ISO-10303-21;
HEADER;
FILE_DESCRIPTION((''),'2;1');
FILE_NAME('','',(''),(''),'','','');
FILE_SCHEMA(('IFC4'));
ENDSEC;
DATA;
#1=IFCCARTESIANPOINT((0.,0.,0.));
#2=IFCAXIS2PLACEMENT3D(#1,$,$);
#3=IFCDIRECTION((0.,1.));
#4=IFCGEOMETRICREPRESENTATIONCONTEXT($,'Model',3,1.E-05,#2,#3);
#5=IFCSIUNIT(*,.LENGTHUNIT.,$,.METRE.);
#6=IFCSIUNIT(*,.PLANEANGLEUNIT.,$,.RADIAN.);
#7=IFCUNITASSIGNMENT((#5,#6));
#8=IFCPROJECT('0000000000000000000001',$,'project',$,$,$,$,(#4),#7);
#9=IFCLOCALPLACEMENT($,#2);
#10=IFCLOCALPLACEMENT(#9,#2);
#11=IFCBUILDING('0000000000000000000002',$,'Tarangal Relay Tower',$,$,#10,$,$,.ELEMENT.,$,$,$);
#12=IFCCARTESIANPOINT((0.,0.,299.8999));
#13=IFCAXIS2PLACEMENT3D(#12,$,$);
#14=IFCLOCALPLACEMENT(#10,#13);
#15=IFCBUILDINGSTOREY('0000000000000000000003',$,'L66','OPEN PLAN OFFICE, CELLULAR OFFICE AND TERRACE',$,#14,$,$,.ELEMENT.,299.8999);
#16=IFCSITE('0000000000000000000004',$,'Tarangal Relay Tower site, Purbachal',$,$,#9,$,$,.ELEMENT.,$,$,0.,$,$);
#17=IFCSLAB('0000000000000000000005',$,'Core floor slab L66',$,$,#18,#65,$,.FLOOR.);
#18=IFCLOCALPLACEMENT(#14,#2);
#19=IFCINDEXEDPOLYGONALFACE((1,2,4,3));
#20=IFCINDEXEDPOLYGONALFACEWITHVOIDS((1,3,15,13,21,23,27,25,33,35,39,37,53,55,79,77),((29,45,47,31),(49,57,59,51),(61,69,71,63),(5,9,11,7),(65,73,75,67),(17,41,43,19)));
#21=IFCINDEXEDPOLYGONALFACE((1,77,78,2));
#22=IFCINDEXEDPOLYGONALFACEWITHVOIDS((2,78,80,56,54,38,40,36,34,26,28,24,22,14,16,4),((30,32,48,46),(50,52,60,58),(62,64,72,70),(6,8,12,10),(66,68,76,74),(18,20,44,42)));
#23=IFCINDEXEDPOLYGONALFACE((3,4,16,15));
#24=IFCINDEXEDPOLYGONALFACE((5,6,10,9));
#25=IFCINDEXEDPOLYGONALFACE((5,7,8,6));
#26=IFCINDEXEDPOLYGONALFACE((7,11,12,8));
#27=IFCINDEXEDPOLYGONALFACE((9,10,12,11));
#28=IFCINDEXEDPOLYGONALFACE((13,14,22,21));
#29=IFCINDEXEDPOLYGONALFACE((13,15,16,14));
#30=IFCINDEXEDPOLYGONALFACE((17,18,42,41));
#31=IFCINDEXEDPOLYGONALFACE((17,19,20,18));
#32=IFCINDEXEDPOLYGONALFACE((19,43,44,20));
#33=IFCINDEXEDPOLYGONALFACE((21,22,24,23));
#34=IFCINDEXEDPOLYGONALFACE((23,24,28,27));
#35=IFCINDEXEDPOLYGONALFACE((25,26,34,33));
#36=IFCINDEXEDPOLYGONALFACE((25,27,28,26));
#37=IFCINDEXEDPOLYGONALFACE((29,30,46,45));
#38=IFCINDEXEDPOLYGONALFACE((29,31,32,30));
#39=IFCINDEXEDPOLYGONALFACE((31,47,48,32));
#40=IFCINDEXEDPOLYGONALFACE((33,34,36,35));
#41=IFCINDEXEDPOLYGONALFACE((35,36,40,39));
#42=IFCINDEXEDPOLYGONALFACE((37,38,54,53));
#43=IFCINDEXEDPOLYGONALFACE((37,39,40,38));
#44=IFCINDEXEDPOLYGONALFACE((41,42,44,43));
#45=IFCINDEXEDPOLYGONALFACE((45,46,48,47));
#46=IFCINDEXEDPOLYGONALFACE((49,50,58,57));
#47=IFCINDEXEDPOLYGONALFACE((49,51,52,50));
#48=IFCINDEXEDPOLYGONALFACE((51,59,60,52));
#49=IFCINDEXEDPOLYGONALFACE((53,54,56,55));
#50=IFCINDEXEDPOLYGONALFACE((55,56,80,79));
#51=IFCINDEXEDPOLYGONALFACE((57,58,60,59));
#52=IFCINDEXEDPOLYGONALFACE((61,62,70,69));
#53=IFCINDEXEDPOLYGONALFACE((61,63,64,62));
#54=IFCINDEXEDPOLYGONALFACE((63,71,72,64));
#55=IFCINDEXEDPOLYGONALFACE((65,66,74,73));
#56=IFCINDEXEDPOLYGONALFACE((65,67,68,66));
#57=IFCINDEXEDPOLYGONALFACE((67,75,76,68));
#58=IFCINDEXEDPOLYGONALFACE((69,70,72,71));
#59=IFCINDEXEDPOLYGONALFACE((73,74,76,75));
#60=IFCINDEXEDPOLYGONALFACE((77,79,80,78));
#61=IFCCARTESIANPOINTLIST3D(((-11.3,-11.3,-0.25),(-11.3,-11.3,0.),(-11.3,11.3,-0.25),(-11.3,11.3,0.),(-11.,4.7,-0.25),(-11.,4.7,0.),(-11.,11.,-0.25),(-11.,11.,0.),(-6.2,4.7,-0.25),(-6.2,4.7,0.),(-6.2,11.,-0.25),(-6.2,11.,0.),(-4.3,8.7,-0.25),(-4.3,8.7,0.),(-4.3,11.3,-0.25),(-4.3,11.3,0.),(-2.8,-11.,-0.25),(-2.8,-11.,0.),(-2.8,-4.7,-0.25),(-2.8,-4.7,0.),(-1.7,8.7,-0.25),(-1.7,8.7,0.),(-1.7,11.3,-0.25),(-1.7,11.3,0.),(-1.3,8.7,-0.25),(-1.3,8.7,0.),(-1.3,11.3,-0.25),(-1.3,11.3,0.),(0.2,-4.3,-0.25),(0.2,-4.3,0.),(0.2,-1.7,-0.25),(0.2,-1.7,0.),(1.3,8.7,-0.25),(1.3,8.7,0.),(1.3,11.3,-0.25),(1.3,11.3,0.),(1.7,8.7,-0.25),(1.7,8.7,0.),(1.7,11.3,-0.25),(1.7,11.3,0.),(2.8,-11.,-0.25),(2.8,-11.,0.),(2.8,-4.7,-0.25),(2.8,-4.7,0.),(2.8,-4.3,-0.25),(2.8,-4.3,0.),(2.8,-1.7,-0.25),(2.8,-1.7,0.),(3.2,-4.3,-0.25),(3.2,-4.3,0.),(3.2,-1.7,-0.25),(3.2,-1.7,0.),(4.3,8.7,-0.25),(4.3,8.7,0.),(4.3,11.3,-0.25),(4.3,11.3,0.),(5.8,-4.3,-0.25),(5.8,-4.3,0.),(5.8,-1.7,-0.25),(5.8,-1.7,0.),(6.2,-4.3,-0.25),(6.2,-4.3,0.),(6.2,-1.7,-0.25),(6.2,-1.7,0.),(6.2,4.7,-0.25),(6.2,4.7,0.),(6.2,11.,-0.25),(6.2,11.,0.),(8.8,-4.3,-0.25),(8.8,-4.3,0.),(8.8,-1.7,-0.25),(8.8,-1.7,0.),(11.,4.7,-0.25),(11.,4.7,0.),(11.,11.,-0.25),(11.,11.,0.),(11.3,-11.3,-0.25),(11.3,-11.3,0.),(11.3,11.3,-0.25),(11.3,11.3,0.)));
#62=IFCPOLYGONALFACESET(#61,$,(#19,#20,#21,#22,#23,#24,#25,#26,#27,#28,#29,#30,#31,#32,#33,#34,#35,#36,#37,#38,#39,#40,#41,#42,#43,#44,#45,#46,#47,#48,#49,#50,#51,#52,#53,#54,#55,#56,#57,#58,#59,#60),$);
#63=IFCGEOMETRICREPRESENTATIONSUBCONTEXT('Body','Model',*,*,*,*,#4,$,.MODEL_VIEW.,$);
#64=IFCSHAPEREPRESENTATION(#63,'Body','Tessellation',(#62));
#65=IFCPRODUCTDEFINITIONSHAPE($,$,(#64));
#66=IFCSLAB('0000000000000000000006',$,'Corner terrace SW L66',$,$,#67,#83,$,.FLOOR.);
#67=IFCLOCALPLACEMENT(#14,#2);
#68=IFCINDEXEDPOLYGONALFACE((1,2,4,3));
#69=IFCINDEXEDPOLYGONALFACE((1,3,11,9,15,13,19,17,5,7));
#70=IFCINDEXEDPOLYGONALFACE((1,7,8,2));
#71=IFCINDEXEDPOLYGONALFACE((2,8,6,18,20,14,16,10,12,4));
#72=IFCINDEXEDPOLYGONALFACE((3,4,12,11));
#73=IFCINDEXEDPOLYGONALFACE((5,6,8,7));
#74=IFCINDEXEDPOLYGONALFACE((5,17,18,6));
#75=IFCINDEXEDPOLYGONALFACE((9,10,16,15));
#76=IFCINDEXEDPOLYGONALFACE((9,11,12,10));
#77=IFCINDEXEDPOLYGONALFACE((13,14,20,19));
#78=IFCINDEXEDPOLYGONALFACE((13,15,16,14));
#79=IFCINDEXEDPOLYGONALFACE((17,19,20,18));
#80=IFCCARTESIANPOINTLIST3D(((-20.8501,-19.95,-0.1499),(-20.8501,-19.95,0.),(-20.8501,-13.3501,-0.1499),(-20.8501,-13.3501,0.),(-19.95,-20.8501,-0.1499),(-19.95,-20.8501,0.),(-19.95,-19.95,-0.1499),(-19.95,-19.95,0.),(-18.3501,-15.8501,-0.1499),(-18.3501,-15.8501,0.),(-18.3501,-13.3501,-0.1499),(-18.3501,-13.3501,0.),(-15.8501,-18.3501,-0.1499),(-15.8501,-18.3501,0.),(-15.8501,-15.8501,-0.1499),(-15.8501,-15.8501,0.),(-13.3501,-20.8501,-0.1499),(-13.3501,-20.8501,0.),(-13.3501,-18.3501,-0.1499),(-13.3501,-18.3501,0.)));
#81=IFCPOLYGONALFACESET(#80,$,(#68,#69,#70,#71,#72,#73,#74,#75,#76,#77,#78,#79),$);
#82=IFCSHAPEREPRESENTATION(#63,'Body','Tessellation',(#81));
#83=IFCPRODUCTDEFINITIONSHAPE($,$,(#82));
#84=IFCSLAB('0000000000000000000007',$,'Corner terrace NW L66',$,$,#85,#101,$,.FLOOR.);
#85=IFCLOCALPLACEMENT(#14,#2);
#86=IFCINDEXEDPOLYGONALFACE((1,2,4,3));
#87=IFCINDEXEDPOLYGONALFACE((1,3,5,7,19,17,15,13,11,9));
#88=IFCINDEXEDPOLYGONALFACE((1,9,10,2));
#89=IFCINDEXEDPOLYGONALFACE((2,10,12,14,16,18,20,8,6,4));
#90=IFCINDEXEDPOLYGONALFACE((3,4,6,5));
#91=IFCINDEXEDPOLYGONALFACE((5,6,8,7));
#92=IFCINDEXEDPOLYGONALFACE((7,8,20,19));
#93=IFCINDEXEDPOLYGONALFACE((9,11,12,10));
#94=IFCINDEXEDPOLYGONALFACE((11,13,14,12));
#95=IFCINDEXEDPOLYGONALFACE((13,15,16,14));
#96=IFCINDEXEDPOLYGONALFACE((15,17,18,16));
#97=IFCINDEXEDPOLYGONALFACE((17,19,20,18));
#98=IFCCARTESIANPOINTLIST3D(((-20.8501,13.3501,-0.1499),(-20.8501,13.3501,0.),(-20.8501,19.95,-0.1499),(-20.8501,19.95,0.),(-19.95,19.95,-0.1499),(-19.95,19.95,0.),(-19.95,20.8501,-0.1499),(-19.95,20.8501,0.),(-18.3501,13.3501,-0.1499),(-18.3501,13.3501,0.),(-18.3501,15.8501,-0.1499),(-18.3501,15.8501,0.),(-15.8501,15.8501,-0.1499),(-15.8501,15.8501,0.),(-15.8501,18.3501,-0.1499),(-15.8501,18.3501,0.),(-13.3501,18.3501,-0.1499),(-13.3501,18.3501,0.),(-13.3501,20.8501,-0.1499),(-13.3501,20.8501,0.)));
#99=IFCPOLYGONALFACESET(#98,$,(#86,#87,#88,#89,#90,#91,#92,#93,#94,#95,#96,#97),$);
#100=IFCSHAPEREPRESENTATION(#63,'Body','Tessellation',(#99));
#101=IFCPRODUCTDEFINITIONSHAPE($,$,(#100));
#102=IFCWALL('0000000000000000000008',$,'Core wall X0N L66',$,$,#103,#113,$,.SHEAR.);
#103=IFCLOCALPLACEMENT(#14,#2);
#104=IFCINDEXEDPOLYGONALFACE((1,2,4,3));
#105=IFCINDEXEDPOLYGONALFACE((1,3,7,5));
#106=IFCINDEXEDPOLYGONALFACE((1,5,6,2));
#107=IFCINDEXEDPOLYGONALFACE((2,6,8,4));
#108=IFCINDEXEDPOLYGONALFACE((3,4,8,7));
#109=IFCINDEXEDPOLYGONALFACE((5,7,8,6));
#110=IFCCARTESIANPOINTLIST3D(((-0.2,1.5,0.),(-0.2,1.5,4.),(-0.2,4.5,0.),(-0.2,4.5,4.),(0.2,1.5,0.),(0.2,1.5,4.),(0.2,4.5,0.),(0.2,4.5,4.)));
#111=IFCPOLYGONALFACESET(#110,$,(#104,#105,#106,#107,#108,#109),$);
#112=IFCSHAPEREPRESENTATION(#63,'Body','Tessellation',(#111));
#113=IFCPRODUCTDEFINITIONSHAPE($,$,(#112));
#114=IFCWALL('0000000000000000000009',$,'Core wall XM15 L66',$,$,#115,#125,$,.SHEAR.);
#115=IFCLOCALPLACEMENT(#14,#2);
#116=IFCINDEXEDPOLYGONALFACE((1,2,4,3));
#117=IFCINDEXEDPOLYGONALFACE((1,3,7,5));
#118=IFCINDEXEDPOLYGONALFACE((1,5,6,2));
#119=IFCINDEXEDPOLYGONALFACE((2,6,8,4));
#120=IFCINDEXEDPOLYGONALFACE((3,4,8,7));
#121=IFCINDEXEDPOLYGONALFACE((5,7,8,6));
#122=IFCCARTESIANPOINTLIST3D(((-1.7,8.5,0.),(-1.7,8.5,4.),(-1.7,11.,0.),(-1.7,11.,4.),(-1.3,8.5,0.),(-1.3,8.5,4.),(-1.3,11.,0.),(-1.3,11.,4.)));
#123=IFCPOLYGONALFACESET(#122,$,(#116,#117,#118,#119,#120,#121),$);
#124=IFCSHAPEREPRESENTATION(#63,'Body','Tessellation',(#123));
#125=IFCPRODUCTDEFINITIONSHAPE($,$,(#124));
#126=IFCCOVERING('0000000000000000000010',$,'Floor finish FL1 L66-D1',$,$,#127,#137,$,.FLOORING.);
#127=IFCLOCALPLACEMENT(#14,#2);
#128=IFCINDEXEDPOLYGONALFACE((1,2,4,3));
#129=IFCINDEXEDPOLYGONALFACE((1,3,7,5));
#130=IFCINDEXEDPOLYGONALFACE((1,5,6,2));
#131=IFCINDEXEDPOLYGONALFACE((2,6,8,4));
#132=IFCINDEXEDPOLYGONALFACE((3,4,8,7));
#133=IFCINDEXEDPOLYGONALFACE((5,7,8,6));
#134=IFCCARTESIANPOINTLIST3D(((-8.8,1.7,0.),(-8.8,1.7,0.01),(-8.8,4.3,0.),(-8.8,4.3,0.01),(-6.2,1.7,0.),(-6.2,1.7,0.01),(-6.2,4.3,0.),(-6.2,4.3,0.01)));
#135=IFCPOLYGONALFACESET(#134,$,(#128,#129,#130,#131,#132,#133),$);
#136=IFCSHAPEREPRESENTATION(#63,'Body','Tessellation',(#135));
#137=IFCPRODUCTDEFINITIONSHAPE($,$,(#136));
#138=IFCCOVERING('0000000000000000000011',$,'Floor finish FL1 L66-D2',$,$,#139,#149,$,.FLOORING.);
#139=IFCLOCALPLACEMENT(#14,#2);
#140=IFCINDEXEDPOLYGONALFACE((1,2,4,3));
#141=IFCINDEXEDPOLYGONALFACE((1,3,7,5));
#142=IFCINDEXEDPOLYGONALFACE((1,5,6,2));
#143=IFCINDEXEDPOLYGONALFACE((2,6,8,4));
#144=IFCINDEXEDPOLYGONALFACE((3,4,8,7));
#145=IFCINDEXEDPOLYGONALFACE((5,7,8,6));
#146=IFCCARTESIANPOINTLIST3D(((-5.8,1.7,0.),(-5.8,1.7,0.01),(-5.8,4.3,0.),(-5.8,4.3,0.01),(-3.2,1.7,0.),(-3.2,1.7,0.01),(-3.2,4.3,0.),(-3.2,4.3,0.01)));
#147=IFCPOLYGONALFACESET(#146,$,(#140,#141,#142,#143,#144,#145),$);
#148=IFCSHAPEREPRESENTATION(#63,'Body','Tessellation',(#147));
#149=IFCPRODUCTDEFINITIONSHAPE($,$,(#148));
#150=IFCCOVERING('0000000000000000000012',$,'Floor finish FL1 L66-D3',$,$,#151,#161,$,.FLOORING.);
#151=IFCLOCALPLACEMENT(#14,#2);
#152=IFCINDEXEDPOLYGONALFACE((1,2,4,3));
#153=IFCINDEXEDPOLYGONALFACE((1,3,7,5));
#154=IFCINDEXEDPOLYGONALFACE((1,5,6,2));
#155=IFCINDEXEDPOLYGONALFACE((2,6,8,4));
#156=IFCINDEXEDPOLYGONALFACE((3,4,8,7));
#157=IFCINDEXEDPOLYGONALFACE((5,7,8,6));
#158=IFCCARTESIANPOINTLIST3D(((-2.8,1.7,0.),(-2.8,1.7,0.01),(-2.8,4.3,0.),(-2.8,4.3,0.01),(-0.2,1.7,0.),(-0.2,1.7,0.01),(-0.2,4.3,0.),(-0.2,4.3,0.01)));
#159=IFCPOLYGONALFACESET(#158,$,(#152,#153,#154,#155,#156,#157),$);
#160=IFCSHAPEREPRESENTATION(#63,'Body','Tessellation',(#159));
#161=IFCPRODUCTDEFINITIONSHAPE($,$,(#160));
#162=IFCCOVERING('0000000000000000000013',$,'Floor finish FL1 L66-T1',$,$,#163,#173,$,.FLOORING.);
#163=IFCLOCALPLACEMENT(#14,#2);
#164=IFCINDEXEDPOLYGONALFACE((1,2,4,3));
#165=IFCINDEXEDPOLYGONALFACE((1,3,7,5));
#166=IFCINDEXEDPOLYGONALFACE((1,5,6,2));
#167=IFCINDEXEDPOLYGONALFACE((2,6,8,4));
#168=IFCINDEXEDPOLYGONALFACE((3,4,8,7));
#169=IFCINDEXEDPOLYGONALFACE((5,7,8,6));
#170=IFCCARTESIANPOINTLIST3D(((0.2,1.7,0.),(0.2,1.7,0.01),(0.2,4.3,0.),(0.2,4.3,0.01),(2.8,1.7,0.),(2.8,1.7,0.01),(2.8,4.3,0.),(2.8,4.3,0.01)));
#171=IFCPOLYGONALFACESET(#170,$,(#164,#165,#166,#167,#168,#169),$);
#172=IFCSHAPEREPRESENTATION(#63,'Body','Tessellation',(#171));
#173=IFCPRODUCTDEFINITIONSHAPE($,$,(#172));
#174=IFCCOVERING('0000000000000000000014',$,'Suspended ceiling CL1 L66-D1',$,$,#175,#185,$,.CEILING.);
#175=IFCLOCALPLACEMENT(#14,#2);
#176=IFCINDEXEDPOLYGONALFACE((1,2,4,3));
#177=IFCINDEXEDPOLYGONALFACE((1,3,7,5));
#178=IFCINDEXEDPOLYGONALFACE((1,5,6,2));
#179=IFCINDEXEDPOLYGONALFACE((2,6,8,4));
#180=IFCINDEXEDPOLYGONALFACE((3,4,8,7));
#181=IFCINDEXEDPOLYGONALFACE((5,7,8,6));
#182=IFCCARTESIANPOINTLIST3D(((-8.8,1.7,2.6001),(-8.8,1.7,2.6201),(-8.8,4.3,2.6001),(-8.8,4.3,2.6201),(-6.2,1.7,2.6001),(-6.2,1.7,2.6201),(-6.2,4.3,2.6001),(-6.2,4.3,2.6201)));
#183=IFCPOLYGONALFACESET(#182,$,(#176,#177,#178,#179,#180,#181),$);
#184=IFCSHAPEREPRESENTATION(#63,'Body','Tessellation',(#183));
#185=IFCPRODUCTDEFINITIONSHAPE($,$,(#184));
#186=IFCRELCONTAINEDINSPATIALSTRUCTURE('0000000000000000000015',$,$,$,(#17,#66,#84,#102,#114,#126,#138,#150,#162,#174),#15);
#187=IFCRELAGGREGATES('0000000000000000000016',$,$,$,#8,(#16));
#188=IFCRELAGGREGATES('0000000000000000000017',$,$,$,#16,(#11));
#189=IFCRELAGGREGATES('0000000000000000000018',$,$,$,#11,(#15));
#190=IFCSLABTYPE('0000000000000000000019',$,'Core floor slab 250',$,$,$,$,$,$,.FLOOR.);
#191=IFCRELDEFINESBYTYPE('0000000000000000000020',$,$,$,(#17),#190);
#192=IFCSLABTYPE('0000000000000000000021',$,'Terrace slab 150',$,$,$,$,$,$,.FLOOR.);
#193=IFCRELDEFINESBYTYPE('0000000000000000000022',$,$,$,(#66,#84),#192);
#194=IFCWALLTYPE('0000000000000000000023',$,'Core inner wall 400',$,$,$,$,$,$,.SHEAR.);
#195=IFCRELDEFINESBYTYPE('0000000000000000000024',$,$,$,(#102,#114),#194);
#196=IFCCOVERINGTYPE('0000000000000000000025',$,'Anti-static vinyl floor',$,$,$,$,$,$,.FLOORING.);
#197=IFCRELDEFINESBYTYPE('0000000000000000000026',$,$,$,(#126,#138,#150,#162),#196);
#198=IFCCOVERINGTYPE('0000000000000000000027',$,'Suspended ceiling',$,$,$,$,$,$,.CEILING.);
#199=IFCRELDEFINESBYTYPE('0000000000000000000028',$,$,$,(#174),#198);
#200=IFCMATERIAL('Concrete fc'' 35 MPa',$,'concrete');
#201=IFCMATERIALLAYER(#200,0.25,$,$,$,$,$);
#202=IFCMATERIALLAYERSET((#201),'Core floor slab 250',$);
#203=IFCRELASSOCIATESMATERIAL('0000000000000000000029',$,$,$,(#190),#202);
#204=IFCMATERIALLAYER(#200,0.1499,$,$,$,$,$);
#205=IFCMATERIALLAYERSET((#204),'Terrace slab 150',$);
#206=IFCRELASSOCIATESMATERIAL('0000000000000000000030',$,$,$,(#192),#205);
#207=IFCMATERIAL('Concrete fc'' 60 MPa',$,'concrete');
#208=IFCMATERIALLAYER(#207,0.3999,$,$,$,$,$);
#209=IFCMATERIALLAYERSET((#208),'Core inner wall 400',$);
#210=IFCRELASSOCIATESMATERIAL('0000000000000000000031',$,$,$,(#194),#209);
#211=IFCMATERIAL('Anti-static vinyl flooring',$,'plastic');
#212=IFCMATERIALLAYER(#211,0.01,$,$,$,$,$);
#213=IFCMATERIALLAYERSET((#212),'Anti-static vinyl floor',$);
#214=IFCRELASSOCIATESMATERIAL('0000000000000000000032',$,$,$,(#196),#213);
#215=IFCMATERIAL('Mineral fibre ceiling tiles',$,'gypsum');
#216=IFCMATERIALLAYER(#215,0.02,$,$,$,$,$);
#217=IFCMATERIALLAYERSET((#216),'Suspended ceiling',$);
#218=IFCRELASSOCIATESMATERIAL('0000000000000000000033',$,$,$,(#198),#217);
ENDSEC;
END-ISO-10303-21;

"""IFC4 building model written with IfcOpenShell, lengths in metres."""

from ifc_helpers import new_model, si_unit, direction, frame, frame_2d, origin, place, context, subcontext, project, spatial, polyline, rectangle, outline, extrude, material, layer, layer_set, type_object, element, save


model = new_model("IFC4")

# Units and contexts
model_context = context("Model", 3, precision=1e-05, world=origin(), true_north=direction((0.0, 1.0)))
body_context = subcontext(model_context, "Body", "Model", "MODEL_VIEW")
ifc_project = project(units=[si_unit("LENGTHUNIT", "METRE"), si_unit("PLANEANGLEUNIT", "RADIAN")], contexts=[model_context])

# Site, building, storey
site_placement = place(None, origin())
site = spatial("IfcSite", under=ifc_project, at=site_placement, Name="Tarangal Relay Tower site, Purbachal", CompositionType="ELEMENT", RefElevation=0.0)
building_placement = place(site_placement, origin())
building = spatial("IfcBuilding", under=site, at=building_placement, Name="Tarangal Relay Tower", CompositionType="ELEMENT")
storey_placement = place(building_placement, frame((0.0, 0.0, 299.8999)))
storey = spatial("IfcBuildingStorey", under=building, at=storey_placement, Name="L66", Description="OPEN PLAN OFFICE, CELLULAR OFFICE AND TERRACE", CompositionType="ELEMENT", Elevation=299.8999)

# Slabs
ifc_material_1 = material(Name="Concrete fc' 35 MPa", Category="concrete")
ifc_layer_1 = layer(ifc_material_1, 0.25)
ifc_layer_set_1 = layer_set([ifc_layer_1], Name="Core floor slab 250")
slab_type_1 = type_object("IfcSlabType", Name="Core floor slab 250", PredefinedType="FLOOR", material=ifc_layer_set_1)
slab_1_placement = place(storey_placement, frame((0.0, 0.0, -0.25)))
element("IfcSlab", 1, at=slab_1_placement, inside=storey, type_object=slab_type_1, Name="Core floor slab L66", PredefinedType="FLOOR", context=body_context, shape_type="SweptSolid", body=[
    extrude(outline(polyline([(11.3, 11.3), (11.3, -11.3), (-11.3, -11.3), (-11.3, 11.3), (-4.3, 11.3), (-4.3, 8.7), (-1.7, 8.7), (-1.7, 11.3), (-1.3, 11.3), (-1.3, 8.7), (1.3, 8.7), (1.3, 11.3), (1.7, 11.3), (1.7, 8.7), (4.3, 8.7), (4.3, 11.3), (11.3, 11.3)]), holes=[polyline([(2.8, -4.7), (-2.8, -4.7), (-2.8, -11.0), (2.8, -11.0), (2.8, -4.7)]), polyline([(2.8, -1.7), (0.2, -1.7), (0.2, -4.3), (2.8, -4.3), (2.8, -1.7)]), polyline([(5.8, -1.7), (3.2, -1.7), (3.2, -4.3), (5.8, -4.3), (5.8, -1.7)]), polyline([(8.8, -1.7), (6.2, -1.7), (6.2, -4.3), (8.8, -4.3), (8.8, -1.7)]), polyline([(-6.2, 11.0), (-11.0, 11.0), (-11.0, 4.7), (-6.2, 4.7), (-6.2, 11.0)]), polyline([(11.0, 11.0), (6.2, 11.0), (6.2, 4.7), (11.0, 4.7), (11.0, 11.0)])]), origin(), (0.0, 0.0, 1.0), 0.25),
])
ifc_layer_2 = layer(ifc_material_1, 0.1499)
ifc_layer_set_2 = layer_set([ifc_layer_2], Name="Terrace slab 150")
slab_type_2 = type_object("IfcSlabType", Name="Terrace slab 150", PredefinedType="FLOOR", material=ifc_layer_set_2)
slab_2_placement = place(storey_placement, frame((0.0, 0.0, -0.1499)))
element("IfcSlab", 2, at=slab_2_placement, inside=storey, type_object=slab_type_2, Name="Corner terrace SW L66", PredefinedType="FLOOR", context=body_context, shape_type="SweptSolid", body=[
    extrude(outline(polyline([(-13.3501, -20.8501), (-13.3501, -18.3501), (-15.8501, -18.3501), (-15.8501, -15.8501), (-18.3501, -15.8501), (-18.3501, -13.3501), (-20.8501, -13.3501), (-20.8501, -19.95), (-19.95, -19.95), (-19.95, -20.8501), (-13.3501, -20.8501)])), origin(), (0.0, 0.0, 1.0), 0.1499),
])
slab_3_placement = place(storey_placement, frame((0.0, 0.0, -0.1499)))
element("IfcSlab", 3, at=slab_3_placement, inside=storey, type_object=slab_type_2, Name="Corner terrace NW L66", PredefinedType="FLOOR", context=body_context, shape_type="SweptSolid", body=[
    extrude(outline(polyline([(-20.8501, 13.3501), (-18.3501, 13.3501), (-18.3501, 15.8501), (-15.8501, 15.8501), (-15.8501, 18.3501), (-13.3501, 18.3501), (-13.3501, 20.8501), (-19.95, 20.8501), (-19.95, 19.95), (-20.8501, 19.95), (-20.8501, 13.3501)])), origin(), (0.0, 0.0, 1.0), 0.1499),
])

# Walls
ifc_material_2 = material(Name="Concrete fc' 60 MPa", Category="concrete")
ifc_layer_3 = layer(ifc_material_2, 0.3999)
ifc_layer_set_3 = layer_set([ifc_layer_3], Name="Core inner wall 400")
wall_type = type_object("IfcWallType", Name="Core inner wall 400", PredefinedType="SHEAR", material=ifc_layer_set_3)
wall_1_placement = place(storey_placement, frame((0.0, 1.5, 0.0), z_axis=(0.0, 0.0, 1.0), x_axis=(0.0, 1.0, 0.0)))
element("IfcWall", 4, at=wall_1_placement, inside=storey, type_object=wall_type, Name="Core wall X0N L66", PredefinedType="SHEAR", context=body_context, shape_type="SweptSolid", body=[
    extrude(rectangle(XDim=3.0, YDim=0.3999, at=frame_2d((1.5, 0.0))), origin(), (0.0, 0.0, 1.0), 4.0),
])
wall_2_placement = place(storey_placement, frame((-1.5, 8.5, 0.0), z_axis=(0.0, 0.0, 1.0), x_axis=(0.0, 1.0, 0.0)))
element("IfcWall", 5, at=wall_2_placement, inside=storey, type_object=wall_type, Name="Core wall XM15 L66", PredefinedType="SHEAR", context=body_context, shape_type="SweptSolid", body=[
    extrude(rectangle(XDim=2.5, YDim=0.3999, at=frame_2d((1.25, 0.0))), origin(), (0.0, 0.0, 1.0), 4.0),
])

# Coverings
ifc_material_3 = material(Name="Anti-static vinyl flooring", Category="plastic")
ifc_layer_4 = layer(ifc_material_3, 0.01)
ifc_layer_set_4 = layer_set([ifc_layer_4], Name="Anti-static vinyl floor")
covering_type_1 = type_object("IfcCoveringType", Name="Anti-static vinyl floor", PredefinedType="FLOORING", material=ifc_layer_set_4)
covering_1_placement = place(storey_placement, origin())
element("IfcCovering", 6, at=covering_1_placement, inside=storey, type_object=covering_type_1, Name="Floor finish FL1 L66-D1", PredefinedType="FLOORING", context=body_context, shape_type="SweptSolid", body=[
    extrude(outline(polyline([(-8.8, 1.7), (-6.2, 1.7), (-6.2, 4.3), (-8.8, 4.3), (-8.8, 1.7)])), origin(), (0.0, 0.0, 1.0), 0.01),
])
covering_2_placement = place(storey_placement, origin())
element("IfcCovering", 7, at=covering_2_placement, inside=storey, type_object=covering_type_1, Name="Floor finish FL1 L66-D2", PredefinedType="FLOORING", context=body_context, shape_type="SweptSolid", body=[
    extrude(outline(polyline([(-5.8, 1.7), (-3.2, 1.7), (-3.2, 4.3), (-5.8, 4.3), (-5.8, 1.7)])), origin(), (0.0, 0.0, 1.0), 0.01),
])
covering_3_placement = place(storey_placement, origin())
element("IfcCovering", 8, at=covering_3_placement, inside=storey, type_object=covering_type_1, Name="Floor finish FL1 L66-D3", PredefinedType="FLOORING", context=body_context, shape_type="SweptSolid", body=[
    extrude(outline(polyline([(-2.8, 1.7), (-0.2, 1.7), (-0.2, 4.3), (-2.8, 4.3), (-2.8, 1.7)])), origin(), (0.0, 0.0, 1.0), 0.01),
])
covering_4_placement = place(storey_placement, origin())
element("IfcCovering", 9, at=covering_4_placement, inside=storey, type_object=covering_type_1, Name="Floor finish FL1 L66-T1", PredefinedType="FLOORING", context=body_context, shape_type="SweptSolid", body=[
    extrude(outline(polyline([(0.2, 1.7), (2.8, 1.7), (2.8, 4.3), (0.2, 4.3), (0.2, 1.7)])), origin(), (0.0, 0.0, 1.0), 0.01),
])
ifc_material_4 = material(Name="Mineral fibre ceiling tiles", Category="gypsum")
ifc_layer_5 = layer(ifc_material_4, 0.02)
ifc_layer_set_5 = layer_set([ifc_layer_5], Name="Suspended ceiling")
covering_type_2 = type_object("IfcCoveringType", Name="Suspended ceiling", PredefinedType="CEILING", material=ifc_layer_set_5)
covering_5_placement = place(storey_placement, frame((0.0, 0.0, 2.6001)))
element("IfcCovering", 10, at=covering_5_placement, inside=storey, type_object=covering_type_2, Name="Suspended ceiling CL1 L66-D1", PredefinedType="CEILING", context=body_context, shape_type="SweptSolid", body=[
    extrude(outline(polyline([(-8.8, 1.7), (-6.2, 1.7), (-6.2, 4.3), (-8.8, 4.3), (-8.8, 1.7)])), origin(), (0.0, 0.0, 1.0), 0.02),
])

save(model, "model.ifc")
